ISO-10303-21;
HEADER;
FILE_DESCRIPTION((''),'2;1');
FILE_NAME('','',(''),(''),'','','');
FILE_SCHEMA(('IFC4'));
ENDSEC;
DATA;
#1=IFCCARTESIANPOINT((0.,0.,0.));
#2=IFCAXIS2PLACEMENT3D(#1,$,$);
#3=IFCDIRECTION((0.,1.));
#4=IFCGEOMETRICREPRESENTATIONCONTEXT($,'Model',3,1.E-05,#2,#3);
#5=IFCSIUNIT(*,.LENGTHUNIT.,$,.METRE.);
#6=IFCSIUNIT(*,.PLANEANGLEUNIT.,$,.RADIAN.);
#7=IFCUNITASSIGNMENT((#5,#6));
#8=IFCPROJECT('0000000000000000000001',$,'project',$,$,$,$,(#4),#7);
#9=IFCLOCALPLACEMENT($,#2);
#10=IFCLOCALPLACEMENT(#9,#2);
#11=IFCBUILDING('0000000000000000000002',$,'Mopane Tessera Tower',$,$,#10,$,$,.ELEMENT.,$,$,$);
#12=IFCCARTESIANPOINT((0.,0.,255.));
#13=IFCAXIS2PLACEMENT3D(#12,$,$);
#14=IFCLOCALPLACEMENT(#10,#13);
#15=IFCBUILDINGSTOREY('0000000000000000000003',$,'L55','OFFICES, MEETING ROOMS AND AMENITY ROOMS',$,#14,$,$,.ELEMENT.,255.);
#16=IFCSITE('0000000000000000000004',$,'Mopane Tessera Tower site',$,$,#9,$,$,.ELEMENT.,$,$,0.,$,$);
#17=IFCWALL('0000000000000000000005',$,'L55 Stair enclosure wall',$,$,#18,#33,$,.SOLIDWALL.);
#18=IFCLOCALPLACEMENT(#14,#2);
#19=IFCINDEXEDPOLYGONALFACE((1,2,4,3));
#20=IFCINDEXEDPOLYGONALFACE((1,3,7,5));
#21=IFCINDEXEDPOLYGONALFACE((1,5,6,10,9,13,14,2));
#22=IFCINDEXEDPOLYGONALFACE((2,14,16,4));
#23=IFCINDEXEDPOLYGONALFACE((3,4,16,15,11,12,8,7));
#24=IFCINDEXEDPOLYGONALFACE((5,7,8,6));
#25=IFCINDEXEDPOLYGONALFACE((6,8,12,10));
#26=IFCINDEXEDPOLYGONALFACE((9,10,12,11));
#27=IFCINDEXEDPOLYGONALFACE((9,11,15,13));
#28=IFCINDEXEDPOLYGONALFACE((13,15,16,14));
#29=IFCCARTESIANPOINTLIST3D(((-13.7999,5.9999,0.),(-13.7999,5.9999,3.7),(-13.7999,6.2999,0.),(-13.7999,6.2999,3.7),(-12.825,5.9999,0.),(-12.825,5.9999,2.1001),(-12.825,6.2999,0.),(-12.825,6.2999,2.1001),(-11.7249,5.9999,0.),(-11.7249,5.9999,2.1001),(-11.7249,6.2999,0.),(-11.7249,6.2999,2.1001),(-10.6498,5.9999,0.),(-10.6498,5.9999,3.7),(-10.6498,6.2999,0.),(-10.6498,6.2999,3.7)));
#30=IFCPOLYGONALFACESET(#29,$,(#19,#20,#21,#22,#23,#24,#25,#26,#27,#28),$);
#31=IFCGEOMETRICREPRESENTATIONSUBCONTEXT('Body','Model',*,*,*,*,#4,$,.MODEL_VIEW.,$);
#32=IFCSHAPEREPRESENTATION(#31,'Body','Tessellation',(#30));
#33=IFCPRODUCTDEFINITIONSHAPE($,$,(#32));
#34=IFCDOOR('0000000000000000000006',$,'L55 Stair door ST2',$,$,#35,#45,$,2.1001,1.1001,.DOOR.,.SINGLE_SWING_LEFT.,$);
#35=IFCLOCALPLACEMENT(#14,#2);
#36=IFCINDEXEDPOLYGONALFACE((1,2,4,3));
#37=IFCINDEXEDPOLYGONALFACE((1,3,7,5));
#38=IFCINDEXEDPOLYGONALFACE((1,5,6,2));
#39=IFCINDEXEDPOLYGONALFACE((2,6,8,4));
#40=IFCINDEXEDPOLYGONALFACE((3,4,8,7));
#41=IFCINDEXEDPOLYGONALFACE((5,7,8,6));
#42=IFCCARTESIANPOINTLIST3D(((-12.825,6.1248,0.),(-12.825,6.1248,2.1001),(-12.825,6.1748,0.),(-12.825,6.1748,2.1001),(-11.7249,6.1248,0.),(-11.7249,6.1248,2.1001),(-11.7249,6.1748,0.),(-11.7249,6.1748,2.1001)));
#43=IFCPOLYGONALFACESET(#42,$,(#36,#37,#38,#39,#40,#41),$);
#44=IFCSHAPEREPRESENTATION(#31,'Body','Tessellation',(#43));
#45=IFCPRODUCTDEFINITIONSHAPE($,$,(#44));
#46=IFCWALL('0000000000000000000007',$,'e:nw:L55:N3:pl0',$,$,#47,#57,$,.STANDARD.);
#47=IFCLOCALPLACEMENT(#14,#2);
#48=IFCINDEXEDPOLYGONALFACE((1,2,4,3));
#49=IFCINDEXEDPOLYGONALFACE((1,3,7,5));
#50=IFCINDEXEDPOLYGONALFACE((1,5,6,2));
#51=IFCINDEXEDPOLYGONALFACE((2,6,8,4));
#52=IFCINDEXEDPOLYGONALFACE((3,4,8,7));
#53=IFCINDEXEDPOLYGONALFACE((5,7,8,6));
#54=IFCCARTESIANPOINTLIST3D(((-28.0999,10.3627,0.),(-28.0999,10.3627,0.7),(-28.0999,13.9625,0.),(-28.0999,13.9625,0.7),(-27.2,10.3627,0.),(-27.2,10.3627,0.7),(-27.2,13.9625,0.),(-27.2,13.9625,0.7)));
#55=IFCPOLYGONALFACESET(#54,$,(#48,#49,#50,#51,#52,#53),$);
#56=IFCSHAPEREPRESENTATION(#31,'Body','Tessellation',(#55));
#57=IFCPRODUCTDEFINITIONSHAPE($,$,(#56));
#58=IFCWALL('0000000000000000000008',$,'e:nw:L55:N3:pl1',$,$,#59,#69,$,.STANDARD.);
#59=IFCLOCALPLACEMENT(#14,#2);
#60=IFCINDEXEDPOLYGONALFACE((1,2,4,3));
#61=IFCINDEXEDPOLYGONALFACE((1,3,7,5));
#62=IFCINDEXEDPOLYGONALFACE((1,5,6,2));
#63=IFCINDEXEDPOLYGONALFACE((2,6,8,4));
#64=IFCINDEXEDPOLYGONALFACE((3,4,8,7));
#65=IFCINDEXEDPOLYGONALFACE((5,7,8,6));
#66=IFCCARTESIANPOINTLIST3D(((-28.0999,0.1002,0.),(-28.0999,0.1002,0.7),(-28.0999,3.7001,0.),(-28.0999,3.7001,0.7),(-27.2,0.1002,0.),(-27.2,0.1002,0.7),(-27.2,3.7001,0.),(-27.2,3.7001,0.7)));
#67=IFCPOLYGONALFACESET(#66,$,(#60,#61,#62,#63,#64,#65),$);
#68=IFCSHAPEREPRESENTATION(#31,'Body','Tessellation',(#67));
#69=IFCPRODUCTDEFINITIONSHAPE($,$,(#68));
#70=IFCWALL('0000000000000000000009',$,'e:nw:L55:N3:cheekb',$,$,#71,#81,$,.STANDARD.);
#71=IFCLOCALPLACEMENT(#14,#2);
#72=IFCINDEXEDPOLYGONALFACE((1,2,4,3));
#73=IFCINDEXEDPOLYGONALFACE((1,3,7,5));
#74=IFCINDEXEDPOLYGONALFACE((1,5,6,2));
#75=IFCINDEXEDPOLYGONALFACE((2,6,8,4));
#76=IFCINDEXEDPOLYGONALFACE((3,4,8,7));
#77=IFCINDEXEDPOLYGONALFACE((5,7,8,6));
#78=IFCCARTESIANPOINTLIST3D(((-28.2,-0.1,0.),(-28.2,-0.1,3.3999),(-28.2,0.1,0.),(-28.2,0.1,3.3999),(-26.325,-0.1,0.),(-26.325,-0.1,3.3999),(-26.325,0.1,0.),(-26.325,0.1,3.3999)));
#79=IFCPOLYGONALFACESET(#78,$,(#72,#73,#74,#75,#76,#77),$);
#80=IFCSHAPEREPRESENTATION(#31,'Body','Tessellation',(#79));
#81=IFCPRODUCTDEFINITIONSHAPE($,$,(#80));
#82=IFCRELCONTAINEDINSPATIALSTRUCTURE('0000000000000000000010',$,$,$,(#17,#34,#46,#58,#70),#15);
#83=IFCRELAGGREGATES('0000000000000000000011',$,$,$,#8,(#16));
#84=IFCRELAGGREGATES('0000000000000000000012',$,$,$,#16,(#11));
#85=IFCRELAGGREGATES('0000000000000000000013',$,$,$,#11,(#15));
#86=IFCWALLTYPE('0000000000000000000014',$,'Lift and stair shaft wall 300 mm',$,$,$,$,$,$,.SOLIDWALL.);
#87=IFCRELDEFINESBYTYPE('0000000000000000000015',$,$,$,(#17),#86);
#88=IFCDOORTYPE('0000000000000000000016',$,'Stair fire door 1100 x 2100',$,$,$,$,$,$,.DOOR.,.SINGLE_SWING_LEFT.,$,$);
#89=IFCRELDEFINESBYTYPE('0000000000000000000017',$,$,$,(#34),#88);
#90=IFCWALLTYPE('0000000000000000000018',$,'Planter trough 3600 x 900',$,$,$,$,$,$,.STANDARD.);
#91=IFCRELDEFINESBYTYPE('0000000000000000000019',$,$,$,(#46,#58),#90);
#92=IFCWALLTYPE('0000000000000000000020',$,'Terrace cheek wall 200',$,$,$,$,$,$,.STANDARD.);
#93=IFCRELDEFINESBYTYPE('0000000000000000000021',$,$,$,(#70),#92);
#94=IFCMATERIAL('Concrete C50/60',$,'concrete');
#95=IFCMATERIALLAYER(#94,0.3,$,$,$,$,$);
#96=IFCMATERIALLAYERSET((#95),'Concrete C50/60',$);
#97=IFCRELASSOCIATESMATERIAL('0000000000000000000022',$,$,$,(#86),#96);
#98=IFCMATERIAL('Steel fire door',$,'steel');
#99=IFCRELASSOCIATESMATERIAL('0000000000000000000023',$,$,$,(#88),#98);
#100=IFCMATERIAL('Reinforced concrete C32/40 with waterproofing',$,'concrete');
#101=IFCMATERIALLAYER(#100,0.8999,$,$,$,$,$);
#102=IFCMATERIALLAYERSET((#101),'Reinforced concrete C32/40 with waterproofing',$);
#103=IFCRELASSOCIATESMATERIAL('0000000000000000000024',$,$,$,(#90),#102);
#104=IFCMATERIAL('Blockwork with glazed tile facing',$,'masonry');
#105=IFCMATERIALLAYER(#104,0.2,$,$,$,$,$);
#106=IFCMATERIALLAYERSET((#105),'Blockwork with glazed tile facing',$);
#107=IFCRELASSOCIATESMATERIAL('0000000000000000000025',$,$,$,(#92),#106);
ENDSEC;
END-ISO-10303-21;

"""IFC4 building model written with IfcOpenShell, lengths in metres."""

from ifc_helpers import new_model, si_unit, direction, frame, frame_2d, origin, place, context, subcontext, project, spatial, rectangle, extrude, material, layer, layer_set, type_object, element, fill, save


model = new_model("IFC4")

# Units and contexts
model_context = context("Model", 3, precision=1e-05, world=origin(), true_north=direction((0.0, 1.0)))
body_context = subcontext(model_context, "Body", "Model", "MODEL_VIEW")
ifc_project = project(units=[si_unit("LENGTHUNIT", "METRE"), si_unit("PLANEANGLEUNIT", "RADIAN")], contexts=[model_context])

# Site, building, storey
site_placement = place(None, origin())
site = spatial("IfcSite", under=ifc_project, at=site_placement, Name="Mopane Tessera Tower site", CompositionType="ELEMENT", RefElevation=0.0)
building_placement = place(site_placement, origin())
building = spatial("IfcBuilding", under=site, at=building_placement, Name="Mopane Tessera Tower", CompositionType="ELEMENT")
storey_placement = place(building_placement, frame((0.0, 0.0, 255.0)))
storey = spatial("IfcBuildingStorey", under=building, at=storey_placement, Name="L55", Description="OFFICES, MEETING ROOMS AND AMENITY ROOMS", CompositionType="ELEMENT", Elevation=255.0)

# Wall, opening, door
ifc_material_1 = material(Name="Concrete C50/60", Category="concrete")
ifc_layer_1 = layer(ifc_material_1, 0.3)
ifc_layer_set_1 = layer_set([ifc_layer_1], Name="Concrete C50/60")
wall_type_1 = type_object("IfcWallType", Name="Lift and stair shaft wall 300 mm", PredefinedType="SOLIDWALL", material=ifc_layer_set_1)
ifc_material_2 = material(Name="Steel fire door", Category="steel")
door_type_1 = type_object("IfcDoorType", Name="Stair fire door 1100 x 2100", OperationType="SINGLE_SWING_LEFT", PredefinedType="DOOR", material=ifc_material_2)
wall_1_placement = place(storey_placement, frame((-13.8, 6.1499, 0.0), z_axis=(0.0, 0.0, 1.0), x_axis=(1.0, 0.0, 0.0)))
wall_1 = element("IfcWall", 1, at=wall_1_placement, inside=storey, type_object=wall_type_1, Name="L55 Stair enclosure wall", PredefinedType="SOLIDWALL", context=body_context, shape_type="SweptSolid", body=[
    extrude(rectangle(XDim=3.1501, YDim=0.3, at=frame_2d((1.5752, 0.0))), origin(), (0.0, 0.0, 1.0), 3.7),
])
opening_1_placement = place(wall_1_placement, frame((0.9751, 0.0, 0.0)))
opening_1 = element("IfcOpeningElement", 2, at=opening_1_placement, cuts=wall_1, PredefinedType="OPENING", context=body_context, shape_type="SweptSolid", body=[
    extrude(rectangle(XDim=1.1001, YDim=2.1001, at=frame_2d((0.55, 1.05))), frame((0.0, 0.1621, 0.0), z_axis=(0.0, -1.0, 0.0), x_axis=(1.0, 0.0, 0.0)), (0.0, 0.0, 1.0), 0.324),
])
door_1_placement = place(opening_1_placement, origin())
door_1 = element("IfcDoor", 3, at=door_1_placement, inside=storey, type_object=door_type_1, Name="L55 Stair door ST2", OperationType="SINGLE_SWING_LEFT", OverallHeight=2.1001, OverallWidth=1.1001, PredefinedType="DOOR", context=body_context, shape_type="SweptSolid", body=[
    extrude(rectangle(XDim=1.1001, YDim=2.1001, at=frame_2d((0.55, 1.05))), frame((0.0, 0.0249, 0.0), z_axis=(0.0, -1.0, 0.0), x_axis=(1.0, 0.0, 0.0)), (0.0, 0.0, 1.0), 0.05),
])
fill(opening_1, door_1)

# Walls
ifc_material_3 = material(Name="Reinforced concrete C32/40 with waterproofing", Category="concrete")
ifc_layer_2 = layer(ifc_material_3, 0.8999)
ifc_layer_set_2 = layer_set([ifc_layer_2], Name="Reinforced concrete C32/40 with waterproofing")
wall_type_2 = type_object("IfcWallType", Name="Planter trough 3600 x 900", PredefinedType="STANDARD", material=ifc_layer_set_2)
for number, where, z_axis, x_axis, name in (
    (4, (-27.6499, 13.9624, 0.0), (0.0, 0.0, 1.0), (0.0, -1.0, 0.0), "e:nw:L55:N3:pl0"),
    (5, (-27.6499, 3.7, 0.0), (0.0, 0.0, 1.0), (0.0, -1.0, 0.0), "e:nw:L55:N3:pl1"),
):
    element("IfcWall", number, at=place(storey_placement, frame(where, z_axis=z_axis, x_axis=x_axis)), inside=storey, type_object=wall_type_2, Name=name, PredefinedType="STANDARD", context=body_context, shape_type="SweptSolid", body=[
        extrude(rectangle(XDim=3.5999, YDim=0.8999, at=frame_2d((1.7998, 0.0))), origin(), (0.0, 0.0, 1.0), 0.7),
    ])
ifc_material_4 = material(Name="Blockwork with glazed tile facing", Category="masonry")
ifc_layer_3 = layer(ifc_material_4, 0.2)
ifc_layer_set_3 = layer_set([ifc_layer_3], Name="Blockwork with glazed tile facing")
wall_type_3 = type_object("IfcWallType", Name="Terrace cheek wall 200", PredefinedType="STANDARD", material=ifc_layer_set_3)
wall_2_placement = place(storey_placement, frame((-28.2, 0.0, 0.0), z_axis=(0.0, 0.0, 1.0), x_axis=(1.0, 0.0, 0.0)))
element("IfcWall", 6, at=wall_2_placement, inside=storey, type_object=wall_type_3, Name="e:nw:L55:N3:cheekb", PredefinedType="STANDARD", context=body_context, shape_type="SweptSolid", body=[
    extrude(rectangle(XDim=1.875, YDim=0.2, at=frame_2d((0.9375, 0.0))), origin(), (0.0, 0.0, 1.0), 3.3999),
])

save(model, "model.ifc")
